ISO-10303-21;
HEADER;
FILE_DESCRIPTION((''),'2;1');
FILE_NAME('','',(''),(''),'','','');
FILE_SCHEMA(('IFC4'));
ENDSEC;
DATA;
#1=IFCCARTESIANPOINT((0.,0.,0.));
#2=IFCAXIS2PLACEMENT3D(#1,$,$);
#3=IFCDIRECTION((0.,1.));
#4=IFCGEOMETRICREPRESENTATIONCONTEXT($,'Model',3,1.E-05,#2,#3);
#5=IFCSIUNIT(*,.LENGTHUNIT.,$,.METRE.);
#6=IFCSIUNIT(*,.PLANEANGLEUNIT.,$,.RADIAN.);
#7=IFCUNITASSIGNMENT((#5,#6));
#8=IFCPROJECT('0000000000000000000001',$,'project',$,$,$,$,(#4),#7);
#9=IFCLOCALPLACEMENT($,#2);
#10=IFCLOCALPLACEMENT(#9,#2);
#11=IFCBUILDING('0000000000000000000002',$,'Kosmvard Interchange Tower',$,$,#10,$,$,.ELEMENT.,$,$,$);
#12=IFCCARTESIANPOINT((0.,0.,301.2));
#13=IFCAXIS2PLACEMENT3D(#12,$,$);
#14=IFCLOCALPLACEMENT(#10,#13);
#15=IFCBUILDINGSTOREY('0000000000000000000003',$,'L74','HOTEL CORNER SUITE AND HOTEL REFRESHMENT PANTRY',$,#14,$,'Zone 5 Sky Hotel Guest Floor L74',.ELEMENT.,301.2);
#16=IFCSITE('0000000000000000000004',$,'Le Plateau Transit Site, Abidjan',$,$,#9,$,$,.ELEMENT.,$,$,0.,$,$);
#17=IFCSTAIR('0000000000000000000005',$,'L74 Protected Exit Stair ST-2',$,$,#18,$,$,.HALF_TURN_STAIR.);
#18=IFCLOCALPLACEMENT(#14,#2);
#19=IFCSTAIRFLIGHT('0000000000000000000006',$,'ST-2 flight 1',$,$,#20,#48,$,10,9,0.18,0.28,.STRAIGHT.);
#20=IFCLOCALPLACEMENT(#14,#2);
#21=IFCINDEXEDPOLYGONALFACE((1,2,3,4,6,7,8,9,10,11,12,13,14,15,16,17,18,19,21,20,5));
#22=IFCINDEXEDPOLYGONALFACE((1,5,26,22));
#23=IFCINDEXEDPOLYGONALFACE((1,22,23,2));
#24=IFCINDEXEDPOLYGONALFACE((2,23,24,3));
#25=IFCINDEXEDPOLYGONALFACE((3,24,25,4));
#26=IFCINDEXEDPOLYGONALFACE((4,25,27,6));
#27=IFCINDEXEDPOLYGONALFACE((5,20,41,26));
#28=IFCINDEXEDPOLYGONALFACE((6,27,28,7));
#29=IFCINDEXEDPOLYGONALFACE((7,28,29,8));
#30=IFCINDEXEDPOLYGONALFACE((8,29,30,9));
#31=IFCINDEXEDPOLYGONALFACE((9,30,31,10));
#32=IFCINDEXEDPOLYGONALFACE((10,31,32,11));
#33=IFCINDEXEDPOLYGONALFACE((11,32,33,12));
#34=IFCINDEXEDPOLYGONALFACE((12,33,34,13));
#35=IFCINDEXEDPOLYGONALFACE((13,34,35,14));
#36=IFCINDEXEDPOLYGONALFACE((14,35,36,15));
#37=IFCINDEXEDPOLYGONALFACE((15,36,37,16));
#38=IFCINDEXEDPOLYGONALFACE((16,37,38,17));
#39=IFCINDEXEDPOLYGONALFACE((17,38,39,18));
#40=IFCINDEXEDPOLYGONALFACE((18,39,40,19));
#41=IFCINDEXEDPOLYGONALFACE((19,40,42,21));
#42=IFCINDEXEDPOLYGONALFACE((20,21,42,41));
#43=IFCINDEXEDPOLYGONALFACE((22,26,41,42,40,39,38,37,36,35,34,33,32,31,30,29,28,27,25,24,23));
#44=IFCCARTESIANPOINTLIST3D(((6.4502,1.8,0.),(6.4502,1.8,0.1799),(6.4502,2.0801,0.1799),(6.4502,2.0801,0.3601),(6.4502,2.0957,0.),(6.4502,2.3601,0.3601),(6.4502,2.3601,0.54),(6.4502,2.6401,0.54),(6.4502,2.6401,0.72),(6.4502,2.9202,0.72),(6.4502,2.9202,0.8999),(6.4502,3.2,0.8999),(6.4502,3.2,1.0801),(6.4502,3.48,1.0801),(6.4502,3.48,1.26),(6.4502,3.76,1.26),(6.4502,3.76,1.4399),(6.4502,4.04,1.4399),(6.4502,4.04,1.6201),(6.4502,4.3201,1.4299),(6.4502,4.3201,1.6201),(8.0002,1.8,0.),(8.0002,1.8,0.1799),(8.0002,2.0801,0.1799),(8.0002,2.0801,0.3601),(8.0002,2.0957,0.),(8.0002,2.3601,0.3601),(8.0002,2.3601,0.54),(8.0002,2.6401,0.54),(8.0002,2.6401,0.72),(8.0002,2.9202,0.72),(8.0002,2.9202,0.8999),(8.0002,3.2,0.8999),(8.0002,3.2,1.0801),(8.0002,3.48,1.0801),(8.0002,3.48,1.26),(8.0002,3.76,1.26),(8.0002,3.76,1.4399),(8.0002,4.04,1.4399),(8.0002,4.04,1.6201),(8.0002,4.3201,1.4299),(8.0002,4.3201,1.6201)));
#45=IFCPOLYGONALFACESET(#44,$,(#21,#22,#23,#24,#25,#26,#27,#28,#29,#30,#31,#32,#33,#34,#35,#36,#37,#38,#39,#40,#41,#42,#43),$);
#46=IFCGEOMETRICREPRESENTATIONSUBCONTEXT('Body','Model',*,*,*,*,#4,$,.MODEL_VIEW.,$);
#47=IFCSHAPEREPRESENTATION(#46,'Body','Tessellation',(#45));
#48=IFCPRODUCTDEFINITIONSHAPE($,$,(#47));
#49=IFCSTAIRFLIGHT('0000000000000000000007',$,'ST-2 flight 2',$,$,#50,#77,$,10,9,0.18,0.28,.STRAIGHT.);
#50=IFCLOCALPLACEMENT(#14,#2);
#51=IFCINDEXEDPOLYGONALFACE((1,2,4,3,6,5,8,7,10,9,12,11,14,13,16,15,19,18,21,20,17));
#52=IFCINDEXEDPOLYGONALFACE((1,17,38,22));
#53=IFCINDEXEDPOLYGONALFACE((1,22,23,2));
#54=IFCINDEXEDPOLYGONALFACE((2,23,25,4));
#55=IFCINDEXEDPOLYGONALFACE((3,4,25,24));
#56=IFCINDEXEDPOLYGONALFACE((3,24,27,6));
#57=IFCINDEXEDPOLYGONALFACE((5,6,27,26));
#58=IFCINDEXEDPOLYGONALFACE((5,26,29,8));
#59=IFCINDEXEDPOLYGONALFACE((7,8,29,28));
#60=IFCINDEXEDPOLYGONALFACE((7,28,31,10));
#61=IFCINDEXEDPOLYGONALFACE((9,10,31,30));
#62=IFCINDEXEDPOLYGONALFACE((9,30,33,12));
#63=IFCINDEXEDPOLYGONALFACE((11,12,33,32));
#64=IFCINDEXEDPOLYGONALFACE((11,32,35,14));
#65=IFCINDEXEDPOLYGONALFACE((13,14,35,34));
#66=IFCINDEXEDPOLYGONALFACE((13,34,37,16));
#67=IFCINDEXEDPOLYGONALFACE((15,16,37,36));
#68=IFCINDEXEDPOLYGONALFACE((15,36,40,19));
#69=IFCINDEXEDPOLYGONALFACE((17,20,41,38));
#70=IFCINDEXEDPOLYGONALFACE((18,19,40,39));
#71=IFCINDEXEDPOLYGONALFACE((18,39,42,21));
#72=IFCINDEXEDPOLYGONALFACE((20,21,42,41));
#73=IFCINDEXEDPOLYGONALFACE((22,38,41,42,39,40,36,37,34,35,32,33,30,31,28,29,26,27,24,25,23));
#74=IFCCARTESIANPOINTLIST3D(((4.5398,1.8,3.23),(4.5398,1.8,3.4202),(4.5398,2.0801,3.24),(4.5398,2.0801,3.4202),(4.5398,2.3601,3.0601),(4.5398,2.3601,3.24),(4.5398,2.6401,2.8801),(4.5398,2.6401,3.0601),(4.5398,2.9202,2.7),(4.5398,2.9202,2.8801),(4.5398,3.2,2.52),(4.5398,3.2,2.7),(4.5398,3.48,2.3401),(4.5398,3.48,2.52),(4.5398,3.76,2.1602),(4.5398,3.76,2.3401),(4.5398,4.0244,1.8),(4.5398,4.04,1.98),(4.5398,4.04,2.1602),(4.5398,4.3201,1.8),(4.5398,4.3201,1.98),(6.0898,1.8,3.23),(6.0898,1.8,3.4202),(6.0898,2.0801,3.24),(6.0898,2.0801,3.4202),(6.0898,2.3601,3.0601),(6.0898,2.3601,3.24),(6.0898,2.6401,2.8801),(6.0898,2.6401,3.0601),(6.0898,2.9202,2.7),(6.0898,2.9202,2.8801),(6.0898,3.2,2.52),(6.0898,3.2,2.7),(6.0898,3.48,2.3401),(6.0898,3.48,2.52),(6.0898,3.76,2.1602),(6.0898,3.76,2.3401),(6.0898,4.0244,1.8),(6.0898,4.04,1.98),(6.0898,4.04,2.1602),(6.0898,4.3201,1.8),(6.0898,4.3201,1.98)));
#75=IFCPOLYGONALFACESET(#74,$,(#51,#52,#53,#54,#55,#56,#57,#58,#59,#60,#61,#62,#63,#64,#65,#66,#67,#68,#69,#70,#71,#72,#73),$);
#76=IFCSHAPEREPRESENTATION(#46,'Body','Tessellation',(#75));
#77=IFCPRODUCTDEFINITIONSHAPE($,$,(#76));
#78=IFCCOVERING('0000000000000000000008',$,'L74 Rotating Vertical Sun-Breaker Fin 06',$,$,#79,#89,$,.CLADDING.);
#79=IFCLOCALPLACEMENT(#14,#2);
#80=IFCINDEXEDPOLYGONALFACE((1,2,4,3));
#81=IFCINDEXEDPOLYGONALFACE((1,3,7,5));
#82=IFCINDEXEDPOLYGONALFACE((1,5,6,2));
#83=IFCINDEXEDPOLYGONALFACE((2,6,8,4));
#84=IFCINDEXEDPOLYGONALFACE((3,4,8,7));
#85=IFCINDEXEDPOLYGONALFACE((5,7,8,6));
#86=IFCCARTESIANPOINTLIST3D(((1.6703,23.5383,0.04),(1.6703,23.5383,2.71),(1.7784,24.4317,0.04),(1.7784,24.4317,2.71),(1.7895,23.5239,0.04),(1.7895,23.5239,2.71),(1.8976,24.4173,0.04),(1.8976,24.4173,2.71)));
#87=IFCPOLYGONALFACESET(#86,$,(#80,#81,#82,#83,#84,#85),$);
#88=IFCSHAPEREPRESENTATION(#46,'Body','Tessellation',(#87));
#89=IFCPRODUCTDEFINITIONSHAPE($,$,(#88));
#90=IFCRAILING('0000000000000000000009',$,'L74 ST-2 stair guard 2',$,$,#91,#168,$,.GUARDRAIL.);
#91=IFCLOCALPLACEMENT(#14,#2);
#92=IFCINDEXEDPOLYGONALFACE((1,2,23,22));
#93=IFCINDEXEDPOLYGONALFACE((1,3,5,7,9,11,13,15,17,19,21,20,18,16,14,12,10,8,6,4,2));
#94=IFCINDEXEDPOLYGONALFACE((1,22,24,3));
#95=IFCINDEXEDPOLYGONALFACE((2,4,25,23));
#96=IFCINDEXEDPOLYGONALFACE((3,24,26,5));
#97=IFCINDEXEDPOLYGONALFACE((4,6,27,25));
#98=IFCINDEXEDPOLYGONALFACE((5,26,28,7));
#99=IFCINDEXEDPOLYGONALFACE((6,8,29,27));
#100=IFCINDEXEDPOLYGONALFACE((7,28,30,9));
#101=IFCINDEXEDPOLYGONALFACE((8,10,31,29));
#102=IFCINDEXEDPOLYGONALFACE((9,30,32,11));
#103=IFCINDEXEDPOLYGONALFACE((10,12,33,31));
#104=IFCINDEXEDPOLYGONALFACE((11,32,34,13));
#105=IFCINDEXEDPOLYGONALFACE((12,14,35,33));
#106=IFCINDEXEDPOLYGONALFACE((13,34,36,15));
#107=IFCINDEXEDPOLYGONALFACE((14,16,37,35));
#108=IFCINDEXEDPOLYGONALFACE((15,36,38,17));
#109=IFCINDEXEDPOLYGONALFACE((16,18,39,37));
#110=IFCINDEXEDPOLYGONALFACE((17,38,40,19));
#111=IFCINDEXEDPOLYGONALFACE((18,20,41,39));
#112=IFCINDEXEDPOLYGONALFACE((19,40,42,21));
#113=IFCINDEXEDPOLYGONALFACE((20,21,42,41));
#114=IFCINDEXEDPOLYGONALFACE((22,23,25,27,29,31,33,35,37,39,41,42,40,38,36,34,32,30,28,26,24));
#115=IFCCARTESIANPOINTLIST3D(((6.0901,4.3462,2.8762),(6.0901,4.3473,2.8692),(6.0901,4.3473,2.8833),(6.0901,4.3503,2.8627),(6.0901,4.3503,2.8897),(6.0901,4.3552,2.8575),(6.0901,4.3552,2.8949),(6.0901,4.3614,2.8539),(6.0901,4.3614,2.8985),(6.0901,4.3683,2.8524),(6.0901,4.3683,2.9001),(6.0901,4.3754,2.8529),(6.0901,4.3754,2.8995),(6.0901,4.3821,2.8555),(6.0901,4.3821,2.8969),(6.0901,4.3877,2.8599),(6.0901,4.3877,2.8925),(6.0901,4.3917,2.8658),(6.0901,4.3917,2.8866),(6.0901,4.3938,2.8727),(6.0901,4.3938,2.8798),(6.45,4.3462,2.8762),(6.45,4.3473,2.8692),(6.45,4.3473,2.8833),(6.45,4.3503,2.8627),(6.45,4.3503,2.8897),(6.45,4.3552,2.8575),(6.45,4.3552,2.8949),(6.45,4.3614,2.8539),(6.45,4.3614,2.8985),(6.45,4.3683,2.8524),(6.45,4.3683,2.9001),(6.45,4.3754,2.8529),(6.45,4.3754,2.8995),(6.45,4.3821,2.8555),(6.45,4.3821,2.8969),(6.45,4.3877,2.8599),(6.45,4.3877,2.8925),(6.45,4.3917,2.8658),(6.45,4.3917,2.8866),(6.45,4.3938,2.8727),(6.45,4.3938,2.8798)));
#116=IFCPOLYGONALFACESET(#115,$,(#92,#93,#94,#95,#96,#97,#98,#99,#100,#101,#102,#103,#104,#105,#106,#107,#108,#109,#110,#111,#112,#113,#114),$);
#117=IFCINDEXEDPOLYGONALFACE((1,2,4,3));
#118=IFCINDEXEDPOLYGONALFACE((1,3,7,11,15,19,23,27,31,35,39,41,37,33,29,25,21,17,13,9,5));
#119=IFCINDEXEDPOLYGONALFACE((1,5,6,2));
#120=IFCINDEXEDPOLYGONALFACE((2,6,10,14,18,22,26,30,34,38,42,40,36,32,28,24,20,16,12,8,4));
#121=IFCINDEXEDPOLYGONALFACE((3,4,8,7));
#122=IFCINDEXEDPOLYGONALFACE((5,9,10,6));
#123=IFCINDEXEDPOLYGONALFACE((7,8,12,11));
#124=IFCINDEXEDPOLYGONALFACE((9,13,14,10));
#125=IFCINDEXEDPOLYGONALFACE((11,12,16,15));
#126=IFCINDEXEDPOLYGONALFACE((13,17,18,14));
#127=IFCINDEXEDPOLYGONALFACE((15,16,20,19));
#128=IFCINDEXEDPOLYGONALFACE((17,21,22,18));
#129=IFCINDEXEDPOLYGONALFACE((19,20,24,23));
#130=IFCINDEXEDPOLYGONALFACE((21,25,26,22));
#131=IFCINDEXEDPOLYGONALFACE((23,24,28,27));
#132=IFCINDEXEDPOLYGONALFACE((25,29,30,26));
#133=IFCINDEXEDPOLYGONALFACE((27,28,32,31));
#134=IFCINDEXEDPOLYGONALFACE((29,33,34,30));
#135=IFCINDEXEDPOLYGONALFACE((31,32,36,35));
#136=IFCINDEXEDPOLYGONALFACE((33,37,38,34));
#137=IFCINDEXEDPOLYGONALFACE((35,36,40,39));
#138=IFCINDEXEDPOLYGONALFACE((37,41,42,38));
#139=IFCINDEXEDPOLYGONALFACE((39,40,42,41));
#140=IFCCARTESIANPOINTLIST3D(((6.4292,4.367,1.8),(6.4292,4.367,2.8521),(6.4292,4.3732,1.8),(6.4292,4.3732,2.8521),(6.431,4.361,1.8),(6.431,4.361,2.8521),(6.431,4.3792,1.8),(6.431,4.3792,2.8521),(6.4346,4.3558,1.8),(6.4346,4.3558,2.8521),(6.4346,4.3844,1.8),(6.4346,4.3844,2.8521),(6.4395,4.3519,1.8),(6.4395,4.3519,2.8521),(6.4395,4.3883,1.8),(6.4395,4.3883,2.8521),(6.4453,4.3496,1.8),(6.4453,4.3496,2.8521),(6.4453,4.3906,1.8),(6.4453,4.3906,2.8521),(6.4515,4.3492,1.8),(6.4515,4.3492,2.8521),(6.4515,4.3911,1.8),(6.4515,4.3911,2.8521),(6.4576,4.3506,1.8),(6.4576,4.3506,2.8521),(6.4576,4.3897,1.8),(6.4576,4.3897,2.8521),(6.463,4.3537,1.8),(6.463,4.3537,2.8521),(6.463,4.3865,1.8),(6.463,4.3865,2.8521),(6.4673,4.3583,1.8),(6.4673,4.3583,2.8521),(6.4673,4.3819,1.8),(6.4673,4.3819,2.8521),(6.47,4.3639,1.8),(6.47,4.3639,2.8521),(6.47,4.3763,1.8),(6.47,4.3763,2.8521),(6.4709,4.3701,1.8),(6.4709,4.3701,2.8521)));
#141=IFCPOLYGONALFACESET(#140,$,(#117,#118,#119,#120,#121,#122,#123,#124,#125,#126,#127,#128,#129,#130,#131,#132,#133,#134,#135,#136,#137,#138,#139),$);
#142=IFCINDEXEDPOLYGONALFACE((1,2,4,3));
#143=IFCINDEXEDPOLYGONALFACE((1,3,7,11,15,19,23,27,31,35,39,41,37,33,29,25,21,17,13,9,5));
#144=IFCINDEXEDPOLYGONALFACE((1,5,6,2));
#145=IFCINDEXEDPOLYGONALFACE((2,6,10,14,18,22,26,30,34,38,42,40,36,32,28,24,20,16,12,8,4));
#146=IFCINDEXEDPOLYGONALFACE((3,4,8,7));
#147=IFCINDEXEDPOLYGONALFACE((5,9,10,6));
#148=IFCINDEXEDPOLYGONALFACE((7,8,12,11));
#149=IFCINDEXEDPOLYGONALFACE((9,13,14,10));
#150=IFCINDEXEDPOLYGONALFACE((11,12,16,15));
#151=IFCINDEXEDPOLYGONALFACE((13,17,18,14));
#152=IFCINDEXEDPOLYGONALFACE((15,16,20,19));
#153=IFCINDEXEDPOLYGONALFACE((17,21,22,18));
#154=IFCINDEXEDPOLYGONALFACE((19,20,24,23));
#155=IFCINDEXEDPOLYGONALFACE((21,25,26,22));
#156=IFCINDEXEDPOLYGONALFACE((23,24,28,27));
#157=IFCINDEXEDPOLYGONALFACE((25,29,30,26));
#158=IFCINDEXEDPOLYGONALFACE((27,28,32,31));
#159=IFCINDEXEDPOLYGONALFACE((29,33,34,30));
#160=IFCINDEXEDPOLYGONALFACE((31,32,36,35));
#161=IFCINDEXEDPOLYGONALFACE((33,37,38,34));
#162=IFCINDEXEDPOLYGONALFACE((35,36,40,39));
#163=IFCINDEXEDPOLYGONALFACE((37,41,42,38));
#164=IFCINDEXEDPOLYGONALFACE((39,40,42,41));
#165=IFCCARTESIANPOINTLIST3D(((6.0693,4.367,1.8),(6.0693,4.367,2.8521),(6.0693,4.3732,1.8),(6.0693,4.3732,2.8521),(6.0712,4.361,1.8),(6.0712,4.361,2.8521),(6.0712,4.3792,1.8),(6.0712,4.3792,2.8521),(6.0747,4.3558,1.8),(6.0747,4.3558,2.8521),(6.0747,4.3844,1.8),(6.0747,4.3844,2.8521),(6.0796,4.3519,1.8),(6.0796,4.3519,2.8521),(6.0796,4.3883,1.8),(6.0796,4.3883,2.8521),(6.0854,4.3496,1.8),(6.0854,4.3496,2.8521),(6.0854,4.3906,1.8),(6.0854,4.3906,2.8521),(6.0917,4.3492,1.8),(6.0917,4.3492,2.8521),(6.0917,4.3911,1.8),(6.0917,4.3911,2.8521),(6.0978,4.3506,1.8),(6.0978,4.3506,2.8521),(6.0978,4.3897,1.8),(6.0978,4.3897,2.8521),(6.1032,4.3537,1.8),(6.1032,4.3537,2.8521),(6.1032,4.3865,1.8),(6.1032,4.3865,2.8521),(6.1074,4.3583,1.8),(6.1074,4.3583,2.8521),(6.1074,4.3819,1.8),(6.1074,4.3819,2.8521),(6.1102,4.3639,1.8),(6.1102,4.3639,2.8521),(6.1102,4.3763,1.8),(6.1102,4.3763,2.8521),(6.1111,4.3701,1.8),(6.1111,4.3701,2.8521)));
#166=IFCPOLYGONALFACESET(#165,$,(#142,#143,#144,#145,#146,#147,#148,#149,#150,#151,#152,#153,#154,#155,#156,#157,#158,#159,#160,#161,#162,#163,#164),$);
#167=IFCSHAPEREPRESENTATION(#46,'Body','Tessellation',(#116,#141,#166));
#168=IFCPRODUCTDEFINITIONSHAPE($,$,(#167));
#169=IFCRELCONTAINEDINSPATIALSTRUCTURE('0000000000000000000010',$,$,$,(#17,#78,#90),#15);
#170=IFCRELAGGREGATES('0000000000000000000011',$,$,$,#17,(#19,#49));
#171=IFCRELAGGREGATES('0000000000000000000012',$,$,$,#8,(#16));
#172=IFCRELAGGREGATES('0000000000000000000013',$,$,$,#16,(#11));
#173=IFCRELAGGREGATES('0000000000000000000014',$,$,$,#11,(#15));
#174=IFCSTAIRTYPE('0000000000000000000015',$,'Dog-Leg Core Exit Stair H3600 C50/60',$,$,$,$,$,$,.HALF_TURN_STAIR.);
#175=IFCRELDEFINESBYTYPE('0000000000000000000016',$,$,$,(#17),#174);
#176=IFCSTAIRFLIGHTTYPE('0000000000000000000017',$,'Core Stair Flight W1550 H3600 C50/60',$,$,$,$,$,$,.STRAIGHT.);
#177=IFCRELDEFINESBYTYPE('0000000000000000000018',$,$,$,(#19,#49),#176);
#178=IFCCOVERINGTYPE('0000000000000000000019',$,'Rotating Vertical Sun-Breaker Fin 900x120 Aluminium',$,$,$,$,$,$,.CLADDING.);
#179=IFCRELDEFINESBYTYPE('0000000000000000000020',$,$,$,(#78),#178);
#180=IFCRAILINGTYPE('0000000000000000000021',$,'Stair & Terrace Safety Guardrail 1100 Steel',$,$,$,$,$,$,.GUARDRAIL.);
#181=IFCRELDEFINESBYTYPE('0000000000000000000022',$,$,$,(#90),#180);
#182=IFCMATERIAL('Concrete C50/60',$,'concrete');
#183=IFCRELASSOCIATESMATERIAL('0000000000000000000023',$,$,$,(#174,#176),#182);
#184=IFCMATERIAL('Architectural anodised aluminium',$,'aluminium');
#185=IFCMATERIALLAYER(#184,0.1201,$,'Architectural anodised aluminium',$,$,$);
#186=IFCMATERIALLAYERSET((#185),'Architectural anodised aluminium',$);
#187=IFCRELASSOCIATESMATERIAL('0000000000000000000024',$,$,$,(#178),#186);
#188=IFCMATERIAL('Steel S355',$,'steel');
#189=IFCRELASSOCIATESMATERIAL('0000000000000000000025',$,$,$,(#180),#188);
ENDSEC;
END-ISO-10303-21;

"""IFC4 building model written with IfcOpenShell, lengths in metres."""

from ifc_helpers import new_model, si_unit, direction, frame, origin, origin_2d, place, context, subcontext, project, spatial, polyline, rectangle, circle, outline, extrude, source, transform, mapped, material, layer, layer_set, type_object, element, aggregate, save


model = new_model("IFC4")

# Units and contexts
model_context = context("Model", 3, precision=1e-05, world=origin(), true_north=direction((0.0, 1.0)))
body_context = subcontext(model_context, "Body", "Model", "MODEL_VIEW")
ifc_project = project(units=[si_unit("LENGTHUNIT", "METRE"), si_unit("PLANEANGLEUNIT", "RADIAN")], contexts=[model_context])

# Site, building, storey
site_placement = place(None, origin())
site = spatial("IfcSite", under=ifc_project, at=site_placement, Name="Le Plateau Transit Site, Abidjan", CompositionType="ELEMENT", RefElevation=0.0)
building_placement = place(site_placement, origin())
building = spatial("IfcBuilding", under=site, at=building_placement, Name="Kosmvard Interchange Tower", CompositionType="ELEMENT")
storey_placement = place(building_placement, frame((0.0, 0.0, 301.2)))
storey = spatial("IfcBuildingStorey", under=building, at=storey_placement, Name="L74", Description="HOTEL CORNER SUITE AND HOTEL REFRESHMENT PANTRY", LongName="Zone 5 Sky Hotel Guest Floor L74", CompositionType="ELEMENT", Elevation=301.2)

# Shared definitions
ifc_material_1 = material(Name="Concrete C50/60", Category="concrete")

# Shared definitions
ifc_material_2 = material(Name="Steel S355", Category="steel")

# Stair, stair flights
stair_type = type_object("IfcStairType", Name="Dog-Leg Core Exit Stair H3600 C50/60", PredefinedType="HALF_TURN_STAIR", material=ifc_material_1)
stair_placement = place(storey_placement, origin())
stair = element("IfcStair", 1, at=stair_placement, inside=storey, type_object=stair_type, Name="L74 Protected Exit Stair ST-2", PredefinedType="HALF_TURN_STAIR")
stair_flight_type = type_object("IfcStairFlightType", Name="Core Stair Flight W1550 H3600 C50/60", PredefinedType="STRAIGHT", material=ifc_material_1)
shared_shape_1 = source(origin(), body_context, "Body", "SweptSolid", [
    extrude(outline(polyline([(0.0, 0.0), (0.0, 0.1799), (0.28, 0.1799), (0.28, 0.3601), (0.5601, 0.3601), (0.5601, 0.54), (0.8401, 0.54), (0.8401, 0.72), (1.1201, 0.72), (1.1201, 0.8999), (1.3999, 0.8999), (1.3999, 1.0801), (1.6799, 1.0801), (1.6799, 1.26), (1.96, 1.26), (1.96, 1.4399), (2.24, 1.4399), (2.24, 1.6201), (2.52, 1.6201), (2.52, 1.8), (2.52, 1.4299), (0.2957, 0.0), (0.0, 0.0)])), frame((0.0, 0.7749, 0.0), z_axis=(0.0, -1.0, 0.0), x_axis=(1.0, 0.0, 0.0)), (0.0, 0.0, 1.0), 1.55),
])
stair_flight_1_placement = place(storey_placement, frame((7.2251, 1.8, 0.0), z_axis=(0.0, 0.0, 1.0), x_axis=(0.0, 1.0, 0.0)))
stair_flight_1 = element("IfcStairFlight", 2, at=stair_flight_1_placement, type_object=stair_flight_type, Name="ST-2 flight 1", NumberOfRisers=10, NumberOfTreads=9, PredefinedType="STRAIGHT", RiserHeight=0.18, TreadLength=0.28, context=body_context, shape_type="MappedRepresentation", body=[
    mapped(shared_shape_1, transform((0.0, 0.0, 0.0), scale=1.0)),
])
stair_flight_2_placement = place(storey_placement, frame((5.3149, 4.3201, 1.8), z_axis=(0.0, 0.0, 1.0), x_axis=(0.0, -1.0, 0.0)))
stair_flight_2 = element("IfcStairFlight", 3, at=stair_flight_2_placement, type_object=stair_flight_type, Name="ST-2 flight 2", NumberOfRisers=10, NumberOfTreads=9, PredefinedType="STRAIGHT", RiserHeight=0.18, TreadLength=0.28, context=body_context, shape_type="MappedRepresentation", body=[
    mapped(shared_shape_1, transform((0.0, 0.0, 0.0), scale=1.0)),
])
aggregate(stair, [stair_flight_1, stair_flight_2])

# Covering
ifc_material_3 = material(Name="Architectural anodised aluminium", Category="aluminium")
ifc_layer_1 = layer(ifc_material_3, 0.1201, Name="Architectural anodised aluminium")
ifc_layer_set_1 = layer_set([ifc_layer_1], Name="Architectural anodised aluminium")
covering_type = type_object("IfcCoveringType", Name="Rotating Vertical Sun-Breaker Fin 900x120 Aluminium", PredefinedType="CLADDING", material=ifc_layer_set_1)
shared_shape_2 = source(origin(), body_context, "Body", "SweptSolid", [
    extrude(rectangle(XDim=0.8999, YDim=0.1201, at=origin_2d()), origin(), (0.0, 0.0, 1.0), 2.6699),
])
covering_placement = place(storey_placement, frame((1.7839, 23.9778, 0.04), z_axis=(0.0, 0.0, 1.0), x_axis=(0.120137, 0.992757, 0.0)))
element("IfcCovering", 4, at=covering_placement, inside=storey, type_object=covering_type, Name="L74 Rotating Vertical Sun-Breaker Fin 06", PredefinedType="CLADDING", context=body_context, shape_type="MappedRepresentation", body=[
    mapped(shared_shape_2, transform((0.0, 0.0, 0.0), scale=1.0)),
])

# Railing
railing_type_1 = type_object("IfcRailingType", Name="Stair & Terrace Safety Guardrail 1100 Steel", PredefinedType="GUARDRAIL", material=ifc_material_2)
shared_shape_3 = source(origin(), body_context, "Body", "SweptSolid", [
    extrude(circle(Radius=0.0239, at=origin_2d()), frame((0.0, 0.0, 1.0762), z_axis=(-1.0, 0.0, 0.0), x_axis=(0.0, -1.0, 0.0)), (0.0, 0.0, 1.0), 0.3599),
    extrude(circle(Radius=0.021, at=origin_2d()), origin(), (0.0, 0.0, 1.0), 1.052),
    extrude(circle(Radius=0.021, at=origin_2d()), frame((-0.3599, 0.0, 0.0)), (0.0, 0.0, 1.0), 1.052),
])
for number, where, name in (
    (5, (6.45, 4.3701, 1.8), "L74 ST-2 stair guard 2"),
):
    element("IfcRailing", number, at=place(storey_placement, frame(where)), inside=storey, type_object=railing_type_1, Name=name, PredefinedType="GUARDRAIL", context=body_context, shape_type="MappedRepresentation", body=[
        mapped(shared_shape_3, transform((0.0, 0.0, 0.0), scale=1.0)),
    ])

save(model, "model.ifc")
